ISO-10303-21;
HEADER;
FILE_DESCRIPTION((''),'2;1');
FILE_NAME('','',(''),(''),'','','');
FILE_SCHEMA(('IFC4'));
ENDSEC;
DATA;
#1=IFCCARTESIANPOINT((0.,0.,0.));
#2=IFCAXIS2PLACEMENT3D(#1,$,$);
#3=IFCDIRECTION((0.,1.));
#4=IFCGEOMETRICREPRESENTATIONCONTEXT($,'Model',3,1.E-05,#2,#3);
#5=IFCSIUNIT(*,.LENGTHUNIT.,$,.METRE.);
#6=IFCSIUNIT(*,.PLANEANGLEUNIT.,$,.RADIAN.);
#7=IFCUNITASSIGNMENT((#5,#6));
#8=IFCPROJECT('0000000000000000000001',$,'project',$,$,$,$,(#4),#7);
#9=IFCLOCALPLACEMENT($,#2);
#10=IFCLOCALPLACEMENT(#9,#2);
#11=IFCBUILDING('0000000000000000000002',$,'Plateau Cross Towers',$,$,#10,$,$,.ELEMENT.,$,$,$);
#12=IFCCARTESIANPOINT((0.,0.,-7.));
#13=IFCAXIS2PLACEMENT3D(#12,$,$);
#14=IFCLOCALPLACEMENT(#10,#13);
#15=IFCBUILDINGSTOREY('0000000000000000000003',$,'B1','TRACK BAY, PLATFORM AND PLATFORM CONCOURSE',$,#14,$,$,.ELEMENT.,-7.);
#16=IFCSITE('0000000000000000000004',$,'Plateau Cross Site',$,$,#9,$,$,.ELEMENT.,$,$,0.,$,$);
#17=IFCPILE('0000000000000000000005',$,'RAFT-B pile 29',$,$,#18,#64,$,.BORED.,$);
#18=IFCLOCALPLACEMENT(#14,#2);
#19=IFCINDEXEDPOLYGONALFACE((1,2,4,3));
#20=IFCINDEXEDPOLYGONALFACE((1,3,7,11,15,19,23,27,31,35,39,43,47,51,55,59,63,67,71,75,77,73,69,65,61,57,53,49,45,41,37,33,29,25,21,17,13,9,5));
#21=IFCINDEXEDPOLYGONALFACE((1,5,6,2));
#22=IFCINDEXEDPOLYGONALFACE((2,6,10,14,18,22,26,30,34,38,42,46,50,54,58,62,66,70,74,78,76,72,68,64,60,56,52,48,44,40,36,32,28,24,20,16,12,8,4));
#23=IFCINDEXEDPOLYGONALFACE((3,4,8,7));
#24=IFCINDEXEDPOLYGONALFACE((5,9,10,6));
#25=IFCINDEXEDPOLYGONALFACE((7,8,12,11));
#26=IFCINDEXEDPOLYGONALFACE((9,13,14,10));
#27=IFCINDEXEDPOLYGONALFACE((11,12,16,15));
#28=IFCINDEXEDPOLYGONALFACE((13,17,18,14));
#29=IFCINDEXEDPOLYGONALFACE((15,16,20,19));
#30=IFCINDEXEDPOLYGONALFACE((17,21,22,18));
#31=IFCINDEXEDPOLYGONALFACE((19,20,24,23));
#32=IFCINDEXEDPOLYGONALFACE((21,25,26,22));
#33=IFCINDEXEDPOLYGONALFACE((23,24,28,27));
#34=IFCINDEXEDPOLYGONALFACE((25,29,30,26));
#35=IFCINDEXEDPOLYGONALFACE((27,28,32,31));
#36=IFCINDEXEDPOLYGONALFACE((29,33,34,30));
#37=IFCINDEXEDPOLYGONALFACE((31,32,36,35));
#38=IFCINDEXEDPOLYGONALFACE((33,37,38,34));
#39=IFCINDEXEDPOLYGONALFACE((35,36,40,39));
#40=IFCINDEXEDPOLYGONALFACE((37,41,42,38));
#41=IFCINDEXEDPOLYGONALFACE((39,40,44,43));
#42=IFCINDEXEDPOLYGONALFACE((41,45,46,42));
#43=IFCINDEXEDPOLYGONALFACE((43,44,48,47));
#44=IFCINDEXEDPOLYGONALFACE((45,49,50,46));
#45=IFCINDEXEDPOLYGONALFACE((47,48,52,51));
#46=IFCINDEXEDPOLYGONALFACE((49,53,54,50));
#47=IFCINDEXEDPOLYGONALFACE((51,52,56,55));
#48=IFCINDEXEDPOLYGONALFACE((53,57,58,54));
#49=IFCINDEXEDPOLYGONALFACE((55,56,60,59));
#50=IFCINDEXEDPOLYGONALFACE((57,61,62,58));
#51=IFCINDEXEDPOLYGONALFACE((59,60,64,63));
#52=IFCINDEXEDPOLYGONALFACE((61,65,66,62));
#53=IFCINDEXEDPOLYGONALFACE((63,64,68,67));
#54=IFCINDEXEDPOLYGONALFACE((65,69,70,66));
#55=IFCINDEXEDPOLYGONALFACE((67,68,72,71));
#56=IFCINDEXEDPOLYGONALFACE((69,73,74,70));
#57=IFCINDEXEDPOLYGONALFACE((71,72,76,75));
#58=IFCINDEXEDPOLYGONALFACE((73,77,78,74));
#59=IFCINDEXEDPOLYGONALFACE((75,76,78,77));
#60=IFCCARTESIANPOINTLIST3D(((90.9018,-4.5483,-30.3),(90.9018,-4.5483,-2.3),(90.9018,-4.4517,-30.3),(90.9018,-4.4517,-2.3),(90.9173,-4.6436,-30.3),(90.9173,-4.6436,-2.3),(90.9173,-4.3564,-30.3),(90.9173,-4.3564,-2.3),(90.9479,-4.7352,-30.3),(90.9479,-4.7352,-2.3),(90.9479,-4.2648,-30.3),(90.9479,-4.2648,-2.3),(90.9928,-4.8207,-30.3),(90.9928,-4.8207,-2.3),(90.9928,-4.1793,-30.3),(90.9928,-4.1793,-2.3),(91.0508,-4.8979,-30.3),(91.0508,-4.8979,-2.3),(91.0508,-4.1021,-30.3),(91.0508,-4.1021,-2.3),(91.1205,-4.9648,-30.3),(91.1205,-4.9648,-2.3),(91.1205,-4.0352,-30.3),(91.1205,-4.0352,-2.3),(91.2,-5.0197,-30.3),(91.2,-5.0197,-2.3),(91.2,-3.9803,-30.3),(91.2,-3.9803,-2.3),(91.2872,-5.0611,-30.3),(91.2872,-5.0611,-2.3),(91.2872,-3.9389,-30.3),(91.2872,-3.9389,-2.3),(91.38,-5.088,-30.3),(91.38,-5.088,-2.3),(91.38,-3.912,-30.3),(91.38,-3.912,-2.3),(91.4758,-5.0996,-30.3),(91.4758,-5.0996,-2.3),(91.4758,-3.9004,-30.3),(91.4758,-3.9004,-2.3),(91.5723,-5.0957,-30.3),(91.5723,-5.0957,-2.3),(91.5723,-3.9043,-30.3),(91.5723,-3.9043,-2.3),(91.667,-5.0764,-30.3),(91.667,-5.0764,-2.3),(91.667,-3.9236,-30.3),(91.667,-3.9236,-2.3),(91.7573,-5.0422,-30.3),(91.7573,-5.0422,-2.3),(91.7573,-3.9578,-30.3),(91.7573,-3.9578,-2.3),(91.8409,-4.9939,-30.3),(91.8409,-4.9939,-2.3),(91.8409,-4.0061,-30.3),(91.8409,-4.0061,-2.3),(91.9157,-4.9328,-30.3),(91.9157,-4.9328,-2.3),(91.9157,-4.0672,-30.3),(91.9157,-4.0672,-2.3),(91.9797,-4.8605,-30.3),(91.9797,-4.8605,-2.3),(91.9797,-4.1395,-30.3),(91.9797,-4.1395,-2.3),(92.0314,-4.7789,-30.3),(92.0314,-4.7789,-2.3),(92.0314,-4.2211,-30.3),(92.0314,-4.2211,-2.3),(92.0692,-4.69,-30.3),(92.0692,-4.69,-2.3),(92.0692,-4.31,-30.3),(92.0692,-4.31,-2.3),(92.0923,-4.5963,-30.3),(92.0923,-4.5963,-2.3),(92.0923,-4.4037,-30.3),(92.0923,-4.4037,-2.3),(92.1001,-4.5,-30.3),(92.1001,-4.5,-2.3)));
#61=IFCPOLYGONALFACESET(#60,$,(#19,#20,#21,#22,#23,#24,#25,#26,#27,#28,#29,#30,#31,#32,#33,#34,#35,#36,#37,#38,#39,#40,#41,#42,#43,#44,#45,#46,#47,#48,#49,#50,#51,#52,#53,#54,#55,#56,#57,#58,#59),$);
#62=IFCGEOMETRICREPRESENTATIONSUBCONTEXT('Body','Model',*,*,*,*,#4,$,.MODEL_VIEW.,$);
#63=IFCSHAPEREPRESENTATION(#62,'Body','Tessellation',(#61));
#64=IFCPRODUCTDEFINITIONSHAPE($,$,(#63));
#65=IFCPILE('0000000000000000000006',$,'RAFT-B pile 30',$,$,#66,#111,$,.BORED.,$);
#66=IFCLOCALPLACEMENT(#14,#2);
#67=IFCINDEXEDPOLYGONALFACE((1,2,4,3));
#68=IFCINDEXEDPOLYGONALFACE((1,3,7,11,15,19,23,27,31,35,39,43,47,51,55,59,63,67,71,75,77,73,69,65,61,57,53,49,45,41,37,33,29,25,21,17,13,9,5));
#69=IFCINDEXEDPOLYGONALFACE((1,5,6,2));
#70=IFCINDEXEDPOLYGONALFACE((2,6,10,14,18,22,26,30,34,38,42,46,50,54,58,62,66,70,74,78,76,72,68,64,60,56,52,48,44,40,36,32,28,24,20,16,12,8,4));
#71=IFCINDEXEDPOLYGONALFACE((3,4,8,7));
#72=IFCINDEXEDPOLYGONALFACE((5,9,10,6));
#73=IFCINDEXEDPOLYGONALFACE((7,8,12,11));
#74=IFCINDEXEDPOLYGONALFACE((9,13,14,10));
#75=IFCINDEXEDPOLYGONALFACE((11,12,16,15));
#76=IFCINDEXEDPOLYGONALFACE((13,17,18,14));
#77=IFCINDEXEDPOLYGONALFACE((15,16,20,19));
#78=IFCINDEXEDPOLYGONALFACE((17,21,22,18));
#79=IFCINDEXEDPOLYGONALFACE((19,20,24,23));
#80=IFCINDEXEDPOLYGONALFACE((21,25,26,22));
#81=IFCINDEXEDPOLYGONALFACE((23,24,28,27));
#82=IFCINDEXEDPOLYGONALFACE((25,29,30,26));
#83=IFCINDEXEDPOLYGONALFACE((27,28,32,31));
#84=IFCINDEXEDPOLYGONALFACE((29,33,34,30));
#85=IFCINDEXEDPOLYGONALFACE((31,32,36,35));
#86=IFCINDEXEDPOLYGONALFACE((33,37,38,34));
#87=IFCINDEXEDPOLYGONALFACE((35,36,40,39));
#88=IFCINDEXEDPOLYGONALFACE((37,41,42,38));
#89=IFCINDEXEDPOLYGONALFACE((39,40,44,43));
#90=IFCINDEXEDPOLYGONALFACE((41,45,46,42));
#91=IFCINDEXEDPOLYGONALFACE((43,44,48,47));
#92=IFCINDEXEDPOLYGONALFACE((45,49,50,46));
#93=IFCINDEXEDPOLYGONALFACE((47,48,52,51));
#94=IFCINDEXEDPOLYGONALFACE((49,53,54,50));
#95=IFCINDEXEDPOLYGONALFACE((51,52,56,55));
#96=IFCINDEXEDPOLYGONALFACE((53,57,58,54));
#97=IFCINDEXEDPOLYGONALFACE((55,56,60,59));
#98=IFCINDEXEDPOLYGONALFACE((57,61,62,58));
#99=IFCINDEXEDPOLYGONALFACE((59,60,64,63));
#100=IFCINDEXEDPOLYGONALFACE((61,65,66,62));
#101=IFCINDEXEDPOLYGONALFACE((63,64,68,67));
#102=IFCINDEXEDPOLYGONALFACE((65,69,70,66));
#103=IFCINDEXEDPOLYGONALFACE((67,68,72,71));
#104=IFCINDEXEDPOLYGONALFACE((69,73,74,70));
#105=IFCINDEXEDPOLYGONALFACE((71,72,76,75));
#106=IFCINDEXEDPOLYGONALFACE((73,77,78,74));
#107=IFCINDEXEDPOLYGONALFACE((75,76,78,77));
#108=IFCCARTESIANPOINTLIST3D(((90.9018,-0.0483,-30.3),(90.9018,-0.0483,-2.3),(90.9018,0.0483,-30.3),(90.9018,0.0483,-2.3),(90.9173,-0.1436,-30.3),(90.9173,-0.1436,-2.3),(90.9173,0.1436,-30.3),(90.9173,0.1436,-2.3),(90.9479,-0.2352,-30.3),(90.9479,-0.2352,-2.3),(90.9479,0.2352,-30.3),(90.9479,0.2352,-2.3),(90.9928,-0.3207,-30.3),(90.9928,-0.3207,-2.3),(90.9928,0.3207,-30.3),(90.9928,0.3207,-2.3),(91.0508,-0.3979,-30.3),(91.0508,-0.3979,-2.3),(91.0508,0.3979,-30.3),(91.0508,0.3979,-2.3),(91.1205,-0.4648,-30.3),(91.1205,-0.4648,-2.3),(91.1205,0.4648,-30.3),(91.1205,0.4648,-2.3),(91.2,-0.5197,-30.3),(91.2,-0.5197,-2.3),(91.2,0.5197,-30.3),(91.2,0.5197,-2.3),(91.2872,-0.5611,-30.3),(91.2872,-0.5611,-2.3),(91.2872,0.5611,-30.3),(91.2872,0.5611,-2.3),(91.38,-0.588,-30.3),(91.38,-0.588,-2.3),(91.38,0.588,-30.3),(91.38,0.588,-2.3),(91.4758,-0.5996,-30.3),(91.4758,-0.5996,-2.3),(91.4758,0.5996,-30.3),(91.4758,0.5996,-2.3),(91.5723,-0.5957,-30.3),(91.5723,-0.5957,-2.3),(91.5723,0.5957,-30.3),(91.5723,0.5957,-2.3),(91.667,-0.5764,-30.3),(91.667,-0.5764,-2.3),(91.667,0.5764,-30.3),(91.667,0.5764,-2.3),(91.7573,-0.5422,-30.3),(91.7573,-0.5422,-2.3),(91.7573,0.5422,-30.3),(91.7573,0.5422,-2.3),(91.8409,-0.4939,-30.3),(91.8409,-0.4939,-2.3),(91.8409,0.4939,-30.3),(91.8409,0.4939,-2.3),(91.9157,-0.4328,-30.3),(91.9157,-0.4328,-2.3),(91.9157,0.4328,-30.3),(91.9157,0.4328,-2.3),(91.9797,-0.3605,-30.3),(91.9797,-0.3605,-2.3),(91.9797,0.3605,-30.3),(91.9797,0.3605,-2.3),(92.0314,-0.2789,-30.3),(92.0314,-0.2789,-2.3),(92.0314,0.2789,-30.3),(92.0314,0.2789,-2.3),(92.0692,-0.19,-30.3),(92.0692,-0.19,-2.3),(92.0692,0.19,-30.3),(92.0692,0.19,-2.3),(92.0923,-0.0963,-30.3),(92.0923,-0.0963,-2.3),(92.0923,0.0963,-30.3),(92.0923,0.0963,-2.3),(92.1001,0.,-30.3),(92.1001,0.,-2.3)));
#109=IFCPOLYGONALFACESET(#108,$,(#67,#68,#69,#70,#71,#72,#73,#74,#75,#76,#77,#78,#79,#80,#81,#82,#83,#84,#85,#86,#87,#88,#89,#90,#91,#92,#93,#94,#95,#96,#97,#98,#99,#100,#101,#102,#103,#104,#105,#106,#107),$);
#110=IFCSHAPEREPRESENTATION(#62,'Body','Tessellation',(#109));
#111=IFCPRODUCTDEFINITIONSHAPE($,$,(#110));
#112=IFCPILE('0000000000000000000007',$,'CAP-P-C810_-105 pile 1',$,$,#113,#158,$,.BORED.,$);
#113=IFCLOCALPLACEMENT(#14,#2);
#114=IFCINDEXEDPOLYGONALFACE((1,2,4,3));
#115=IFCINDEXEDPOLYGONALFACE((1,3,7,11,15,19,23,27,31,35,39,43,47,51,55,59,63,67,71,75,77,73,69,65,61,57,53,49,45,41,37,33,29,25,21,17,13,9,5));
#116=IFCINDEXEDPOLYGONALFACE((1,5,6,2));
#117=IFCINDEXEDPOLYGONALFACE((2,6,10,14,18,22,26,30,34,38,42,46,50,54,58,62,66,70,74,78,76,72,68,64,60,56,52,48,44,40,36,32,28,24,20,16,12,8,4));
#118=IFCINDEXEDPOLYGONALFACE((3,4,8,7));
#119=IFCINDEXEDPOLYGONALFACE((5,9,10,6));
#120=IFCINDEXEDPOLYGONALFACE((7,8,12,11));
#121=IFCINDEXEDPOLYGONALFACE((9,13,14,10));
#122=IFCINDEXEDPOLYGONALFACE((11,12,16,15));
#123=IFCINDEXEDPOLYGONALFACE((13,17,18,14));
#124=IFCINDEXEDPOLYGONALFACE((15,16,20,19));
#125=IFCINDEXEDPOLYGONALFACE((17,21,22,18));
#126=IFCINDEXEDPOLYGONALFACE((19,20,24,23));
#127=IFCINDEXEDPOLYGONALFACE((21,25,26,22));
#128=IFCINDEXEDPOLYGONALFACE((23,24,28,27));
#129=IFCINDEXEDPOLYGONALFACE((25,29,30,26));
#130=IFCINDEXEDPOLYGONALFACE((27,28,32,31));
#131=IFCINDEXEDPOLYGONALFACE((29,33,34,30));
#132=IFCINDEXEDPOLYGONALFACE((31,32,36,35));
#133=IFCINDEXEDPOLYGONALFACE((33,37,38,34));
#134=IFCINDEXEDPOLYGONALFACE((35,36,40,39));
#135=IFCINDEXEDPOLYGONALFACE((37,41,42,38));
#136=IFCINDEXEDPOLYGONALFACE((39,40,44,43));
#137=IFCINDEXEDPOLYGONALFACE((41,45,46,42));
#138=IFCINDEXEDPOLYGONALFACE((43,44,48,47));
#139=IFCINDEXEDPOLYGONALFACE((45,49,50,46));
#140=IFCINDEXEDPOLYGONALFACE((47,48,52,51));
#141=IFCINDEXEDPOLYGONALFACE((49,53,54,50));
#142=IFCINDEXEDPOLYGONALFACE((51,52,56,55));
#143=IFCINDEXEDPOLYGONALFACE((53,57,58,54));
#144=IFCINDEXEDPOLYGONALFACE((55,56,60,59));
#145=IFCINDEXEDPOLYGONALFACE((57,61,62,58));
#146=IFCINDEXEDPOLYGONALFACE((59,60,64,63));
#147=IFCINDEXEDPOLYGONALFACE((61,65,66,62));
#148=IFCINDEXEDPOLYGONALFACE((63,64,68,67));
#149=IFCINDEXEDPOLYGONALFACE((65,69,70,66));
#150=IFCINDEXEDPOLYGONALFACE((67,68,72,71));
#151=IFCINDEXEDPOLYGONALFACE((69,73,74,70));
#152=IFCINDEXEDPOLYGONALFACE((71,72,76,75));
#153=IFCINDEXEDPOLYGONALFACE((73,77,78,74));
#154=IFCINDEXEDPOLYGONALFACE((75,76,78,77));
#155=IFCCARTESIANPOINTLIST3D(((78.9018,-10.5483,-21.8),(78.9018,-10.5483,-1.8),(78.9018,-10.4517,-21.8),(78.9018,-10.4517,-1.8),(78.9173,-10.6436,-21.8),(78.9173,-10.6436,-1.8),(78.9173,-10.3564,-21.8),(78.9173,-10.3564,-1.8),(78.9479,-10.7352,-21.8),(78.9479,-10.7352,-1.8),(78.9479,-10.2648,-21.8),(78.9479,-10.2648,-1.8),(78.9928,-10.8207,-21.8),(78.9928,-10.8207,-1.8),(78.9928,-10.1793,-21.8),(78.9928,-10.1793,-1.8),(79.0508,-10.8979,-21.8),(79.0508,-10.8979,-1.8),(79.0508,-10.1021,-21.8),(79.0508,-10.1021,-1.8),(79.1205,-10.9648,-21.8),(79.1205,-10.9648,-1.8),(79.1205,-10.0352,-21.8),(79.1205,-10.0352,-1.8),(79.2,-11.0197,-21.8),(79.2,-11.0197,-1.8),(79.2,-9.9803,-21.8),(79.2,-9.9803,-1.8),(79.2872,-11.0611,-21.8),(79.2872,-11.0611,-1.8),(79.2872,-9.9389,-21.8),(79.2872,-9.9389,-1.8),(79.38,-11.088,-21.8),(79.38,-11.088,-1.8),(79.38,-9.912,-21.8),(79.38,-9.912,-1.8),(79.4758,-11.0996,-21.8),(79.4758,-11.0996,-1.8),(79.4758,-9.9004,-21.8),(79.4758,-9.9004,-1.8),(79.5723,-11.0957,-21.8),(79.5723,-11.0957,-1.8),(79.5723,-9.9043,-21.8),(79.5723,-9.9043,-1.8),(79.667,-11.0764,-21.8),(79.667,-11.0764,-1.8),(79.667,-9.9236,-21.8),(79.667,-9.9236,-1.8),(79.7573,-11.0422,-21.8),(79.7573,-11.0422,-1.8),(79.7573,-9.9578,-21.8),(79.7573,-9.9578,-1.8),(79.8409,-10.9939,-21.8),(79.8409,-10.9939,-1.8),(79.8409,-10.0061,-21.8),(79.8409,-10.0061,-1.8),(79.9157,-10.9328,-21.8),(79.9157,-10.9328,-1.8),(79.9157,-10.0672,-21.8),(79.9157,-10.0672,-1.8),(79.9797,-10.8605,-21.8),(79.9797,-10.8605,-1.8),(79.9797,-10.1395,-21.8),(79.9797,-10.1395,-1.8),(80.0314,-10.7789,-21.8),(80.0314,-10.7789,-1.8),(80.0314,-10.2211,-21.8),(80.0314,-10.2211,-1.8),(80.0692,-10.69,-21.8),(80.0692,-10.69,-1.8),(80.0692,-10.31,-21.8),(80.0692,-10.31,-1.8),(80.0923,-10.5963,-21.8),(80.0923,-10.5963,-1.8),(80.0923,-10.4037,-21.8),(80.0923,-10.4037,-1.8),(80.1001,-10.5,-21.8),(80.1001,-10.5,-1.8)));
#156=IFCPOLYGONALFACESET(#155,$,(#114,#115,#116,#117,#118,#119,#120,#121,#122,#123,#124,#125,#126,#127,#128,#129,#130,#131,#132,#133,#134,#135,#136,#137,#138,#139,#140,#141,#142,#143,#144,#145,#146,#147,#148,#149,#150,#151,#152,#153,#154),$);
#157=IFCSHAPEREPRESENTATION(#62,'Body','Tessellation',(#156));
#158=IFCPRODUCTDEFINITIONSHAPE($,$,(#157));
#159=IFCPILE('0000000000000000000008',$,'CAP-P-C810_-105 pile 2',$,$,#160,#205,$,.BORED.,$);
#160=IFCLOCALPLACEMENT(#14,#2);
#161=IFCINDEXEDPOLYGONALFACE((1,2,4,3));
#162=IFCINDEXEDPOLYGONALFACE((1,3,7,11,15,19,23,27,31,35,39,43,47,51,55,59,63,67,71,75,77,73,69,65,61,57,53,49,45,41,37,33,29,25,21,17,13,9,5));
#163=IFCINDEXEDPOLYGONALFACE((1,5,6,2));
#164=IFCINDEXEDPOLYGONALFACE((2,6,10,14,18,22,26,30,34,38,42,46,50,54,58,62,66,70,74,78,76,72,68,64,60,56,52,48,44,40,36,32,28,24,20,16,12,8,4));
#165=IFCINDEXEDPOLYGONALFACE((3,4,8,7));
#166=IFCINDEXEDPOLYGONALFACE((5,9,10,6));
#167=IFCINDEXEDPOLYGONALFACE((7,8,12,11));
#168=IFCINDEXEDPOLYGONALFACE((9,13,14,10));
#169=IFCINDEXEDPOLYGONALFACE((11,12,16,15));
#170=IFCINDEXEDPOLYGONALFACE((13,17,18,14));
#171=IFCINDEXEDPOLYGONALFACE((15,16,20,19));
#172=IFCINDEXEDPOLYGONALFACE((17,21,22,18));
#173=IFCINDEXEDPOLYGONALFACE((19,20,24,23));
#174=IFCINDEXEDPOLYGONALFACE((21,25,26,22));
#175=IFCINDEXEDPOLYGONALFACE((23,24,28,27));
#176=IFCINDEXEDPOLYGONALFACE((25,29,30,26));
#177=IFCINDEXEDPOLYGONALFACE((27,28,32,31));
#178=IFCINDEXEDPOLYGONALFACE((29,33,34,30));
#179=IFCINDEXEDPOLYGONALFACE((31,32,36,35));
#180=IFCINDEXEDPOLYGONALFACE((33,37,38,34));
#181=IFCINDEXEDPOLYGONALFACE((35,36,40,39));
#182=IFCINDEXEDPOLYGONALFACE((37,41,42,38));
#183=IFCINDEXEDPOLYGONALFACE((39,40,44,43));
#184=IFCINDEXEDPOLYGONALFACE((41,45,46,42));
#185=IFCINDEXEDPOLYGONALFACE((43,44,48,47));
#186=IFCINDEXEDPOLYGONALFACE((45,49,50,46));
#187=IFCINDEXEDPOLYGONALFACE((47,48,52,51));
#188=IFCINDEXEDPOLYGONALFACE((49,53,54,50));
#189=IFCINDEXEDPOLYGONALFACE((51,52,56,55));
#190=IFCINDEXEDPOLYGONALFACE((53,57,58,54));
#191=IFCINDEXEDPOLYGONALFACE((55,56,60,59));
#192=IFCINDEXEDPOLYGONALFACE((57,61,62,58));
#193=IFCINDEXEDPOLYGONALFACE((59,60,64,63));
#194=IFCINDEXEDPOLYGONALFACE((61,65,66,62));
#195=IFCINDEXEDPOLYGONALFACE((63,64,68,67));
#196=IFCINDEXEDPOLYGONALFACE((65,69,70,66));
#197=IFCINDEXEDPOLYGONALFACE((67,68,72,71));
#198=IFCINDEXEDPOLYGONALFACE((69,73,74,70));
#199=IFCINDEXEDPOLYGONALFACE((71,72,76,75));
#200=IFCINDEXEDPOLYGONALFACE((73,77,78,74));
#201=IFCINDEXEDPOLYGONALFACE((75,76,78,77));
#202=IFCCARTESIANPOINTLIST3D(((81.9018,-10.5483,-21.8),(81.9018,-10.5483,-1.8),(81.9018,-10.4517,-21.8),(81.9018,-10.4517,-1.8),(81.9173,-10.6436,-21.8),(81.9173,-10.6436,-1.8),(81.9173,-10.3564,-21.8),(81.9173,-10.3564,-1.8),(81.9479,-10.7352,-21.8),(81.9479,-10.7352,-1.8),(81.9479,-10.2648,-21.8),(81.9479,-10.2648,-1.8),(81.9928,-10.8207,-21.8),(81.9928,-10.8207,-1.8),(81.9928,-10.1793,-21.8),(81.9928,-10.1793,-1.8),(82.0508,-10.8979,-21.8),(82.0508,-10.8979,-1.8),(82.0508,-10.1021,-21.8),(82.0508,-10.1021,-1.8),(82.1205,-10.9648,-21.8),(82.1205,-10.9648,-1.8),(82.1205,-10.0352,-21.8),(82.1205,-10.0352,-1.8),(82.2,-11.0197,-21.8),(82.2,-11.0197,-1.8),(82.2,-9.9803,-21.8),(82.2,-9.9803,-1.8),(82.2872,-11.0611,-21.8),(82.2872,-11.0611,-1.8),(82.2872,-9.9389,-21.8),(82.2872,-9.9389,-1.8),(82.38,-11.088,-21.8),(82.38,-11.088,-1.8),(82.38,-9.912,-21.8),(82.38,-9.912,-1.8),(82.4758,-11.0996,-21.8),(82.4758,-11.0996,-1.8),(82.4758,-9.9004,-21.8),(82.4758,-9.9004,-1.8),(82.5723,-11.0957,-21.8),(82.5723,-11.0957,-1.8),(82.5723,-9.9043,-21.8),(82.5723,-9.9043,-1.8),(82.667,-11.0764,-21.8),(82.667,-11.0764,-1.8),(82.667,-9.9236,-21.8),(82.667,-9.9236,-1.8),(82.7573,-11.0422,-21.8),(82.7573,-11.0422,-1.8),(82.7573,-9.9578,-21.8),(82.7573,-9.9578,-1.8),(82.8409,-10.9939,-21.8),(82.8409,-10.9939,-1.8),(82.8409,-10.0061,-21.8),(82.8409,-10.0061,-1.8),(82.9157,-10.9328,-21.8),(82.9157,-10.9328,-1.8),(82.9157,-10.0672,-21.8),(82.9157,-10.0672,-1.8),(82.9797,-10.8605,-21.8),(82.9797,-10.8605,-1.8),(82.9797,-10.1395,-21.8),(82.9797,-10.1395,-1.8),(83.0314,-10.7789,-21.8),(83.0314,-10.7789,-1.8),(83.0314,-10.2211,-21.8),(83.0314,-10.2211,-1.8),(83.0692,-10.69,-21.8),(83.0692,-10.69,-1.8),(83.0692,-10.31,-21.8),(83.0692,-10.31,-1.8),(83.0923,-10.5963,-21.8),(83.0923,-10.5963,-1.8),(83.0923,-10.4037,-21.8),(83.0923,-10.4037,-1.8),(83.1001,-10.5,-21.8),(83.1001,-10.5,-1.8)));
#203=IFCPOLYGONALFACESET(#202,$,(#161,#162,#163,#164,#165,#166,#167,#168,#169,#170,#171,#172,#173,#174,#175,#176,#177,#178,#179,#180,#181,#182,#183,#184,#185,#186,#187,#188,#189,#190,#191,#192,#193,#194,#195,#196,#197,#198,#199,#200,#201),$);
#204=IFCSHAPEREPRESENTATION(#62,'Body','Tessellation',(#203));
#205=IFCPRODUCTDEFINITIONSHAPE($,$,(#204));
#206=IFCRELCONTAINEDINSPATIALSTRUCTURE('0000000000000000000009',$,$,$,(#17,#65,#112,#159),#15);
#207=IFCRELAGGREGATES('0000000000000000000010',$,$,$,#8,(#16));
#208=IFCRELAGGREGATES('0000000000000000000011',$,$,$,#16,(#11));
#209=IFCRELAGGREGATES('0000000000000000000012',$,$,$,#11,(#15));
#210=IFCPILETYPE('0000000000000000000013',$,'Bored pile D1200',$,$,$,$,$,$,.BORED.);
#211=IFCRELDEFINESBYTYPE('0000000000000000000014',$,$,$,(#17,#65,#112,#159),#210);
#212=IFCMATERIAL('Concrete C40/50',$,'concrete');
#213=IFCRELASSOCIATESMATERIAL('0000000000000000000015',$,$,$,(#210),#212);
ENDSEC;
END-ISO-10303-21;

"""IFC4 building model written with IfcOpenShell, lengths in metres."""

from ifc_helpers import new_model, si_unit, direction, frame, origin, origin_2d, place, context, subcontext, project, spatial, circle, extrude, material, material_profile, profile_set, type_object, element, save


model = new_model("IFC4")

# Units and contexts
model_context = context("Model", 3, precision=1e-05, world=origin(), true_north=direction((0.0, 1.0)))
body_context = subcontext(model_context, "Body", "Model", "MODEL_VIEW")
ifc_project = project(units=[si_unit("LENGTHUNIT", "METRE"), si_unit("PLANEANGLEUNIT", "RADIAN")], contexts=[model_context])

# Site, building, storey
site_placement = place(None, origin())
site = spatial("IfcSite", under=ifc_project, at=site_placement, Name="Plateau Cross Site", CompositionType="ELEMENT", RefElevation=0.0)
building_placement = place(site_placement, origin())
building = spatial("IfcBuilding", under=site, at=building_placement, Name="Plateau Cross Towers", CompositionType="ELEMENT")
storey_placement = place(building_placement, frame((0.0, 0.0, -7.0)))
storey = spatial("IfcBuildingStorey", under=building, at=storey_placement, Name="B1", Description="TRACK BAY, PLATFORM AND PLATFORM CONCOURSE", CompositionType="ELEMENT", Elevation=-7.0)

# Piles
ifc_material_1 = material(Name="Concrete C40/50", Category="concrete")
ifc_material_profile_1 = material_profile(ifc_material_1, circle(Radius=0.6001, at=origin_2d()), Name="Bored pile D1200")
ifc_profile_set_1 = profile_set([ifc_material_profile_1], Name="Concrete C40/50")
pile_type = type_object("IfcPileType", Name="Bored pile D1200", PredefinedType="BORED", material=ifc_profile_set_1)
for number, where, z_axis, x_axis, name in (
    (1, (91.5, -4.5, -2.3), (0.0, 0.0, -1.0), (1.0, 0.0, 0.0), "RAFT-B pile 29"),
    (2, (91.5, 0.0, -2.3), (0.0, 0.0, -1.0), (1.0, 0.0, 0.0), "RAFT-B pile 30"),
):
    element("IfcPile", number, at=place(storey_placement, frame(where, z_axis=z_axis, x_axis=x_axis)), inside=storey, type_object=pile_type, Name=name, PredefinedType="BORED", context=body_context, shape_type="SweptSolid", body=[
        extrude(circle(Radius=0.6001, at=origin_2d()), origin(), (0.0, 0.0, 1.0), 28.0),
    ])
for number, where, z_axis, x_axis, name in (
    (3, (79.5, -10.5, -1.8), (0.0, 0.0, -1.0), (1.0, 0.0, 0.0), "CAP-P-C810_-105 pile 1"),
    (4, (82.5, -10.5, -1.8), (0.0, 0.0, -1.0), (1.0, 0.0, 0.0), "CAP-P-C810_-105 pile 2"),
):
    element("IfcPile", number, at=place(storey_placement, frame(where, z_axis=z_axis, x_axis=x_axis)), inside=storey, type_object=pile_type, Name=name, PredefinedType="BORED", context=body_context, shape_type="SweptSolid", body=[
        extrude(circle(Radius=0.6001, at=origin_2d()), origin(), (0.0, 0.0, 1.0), 20.0),
    ])

save(model, "model.ifc")
